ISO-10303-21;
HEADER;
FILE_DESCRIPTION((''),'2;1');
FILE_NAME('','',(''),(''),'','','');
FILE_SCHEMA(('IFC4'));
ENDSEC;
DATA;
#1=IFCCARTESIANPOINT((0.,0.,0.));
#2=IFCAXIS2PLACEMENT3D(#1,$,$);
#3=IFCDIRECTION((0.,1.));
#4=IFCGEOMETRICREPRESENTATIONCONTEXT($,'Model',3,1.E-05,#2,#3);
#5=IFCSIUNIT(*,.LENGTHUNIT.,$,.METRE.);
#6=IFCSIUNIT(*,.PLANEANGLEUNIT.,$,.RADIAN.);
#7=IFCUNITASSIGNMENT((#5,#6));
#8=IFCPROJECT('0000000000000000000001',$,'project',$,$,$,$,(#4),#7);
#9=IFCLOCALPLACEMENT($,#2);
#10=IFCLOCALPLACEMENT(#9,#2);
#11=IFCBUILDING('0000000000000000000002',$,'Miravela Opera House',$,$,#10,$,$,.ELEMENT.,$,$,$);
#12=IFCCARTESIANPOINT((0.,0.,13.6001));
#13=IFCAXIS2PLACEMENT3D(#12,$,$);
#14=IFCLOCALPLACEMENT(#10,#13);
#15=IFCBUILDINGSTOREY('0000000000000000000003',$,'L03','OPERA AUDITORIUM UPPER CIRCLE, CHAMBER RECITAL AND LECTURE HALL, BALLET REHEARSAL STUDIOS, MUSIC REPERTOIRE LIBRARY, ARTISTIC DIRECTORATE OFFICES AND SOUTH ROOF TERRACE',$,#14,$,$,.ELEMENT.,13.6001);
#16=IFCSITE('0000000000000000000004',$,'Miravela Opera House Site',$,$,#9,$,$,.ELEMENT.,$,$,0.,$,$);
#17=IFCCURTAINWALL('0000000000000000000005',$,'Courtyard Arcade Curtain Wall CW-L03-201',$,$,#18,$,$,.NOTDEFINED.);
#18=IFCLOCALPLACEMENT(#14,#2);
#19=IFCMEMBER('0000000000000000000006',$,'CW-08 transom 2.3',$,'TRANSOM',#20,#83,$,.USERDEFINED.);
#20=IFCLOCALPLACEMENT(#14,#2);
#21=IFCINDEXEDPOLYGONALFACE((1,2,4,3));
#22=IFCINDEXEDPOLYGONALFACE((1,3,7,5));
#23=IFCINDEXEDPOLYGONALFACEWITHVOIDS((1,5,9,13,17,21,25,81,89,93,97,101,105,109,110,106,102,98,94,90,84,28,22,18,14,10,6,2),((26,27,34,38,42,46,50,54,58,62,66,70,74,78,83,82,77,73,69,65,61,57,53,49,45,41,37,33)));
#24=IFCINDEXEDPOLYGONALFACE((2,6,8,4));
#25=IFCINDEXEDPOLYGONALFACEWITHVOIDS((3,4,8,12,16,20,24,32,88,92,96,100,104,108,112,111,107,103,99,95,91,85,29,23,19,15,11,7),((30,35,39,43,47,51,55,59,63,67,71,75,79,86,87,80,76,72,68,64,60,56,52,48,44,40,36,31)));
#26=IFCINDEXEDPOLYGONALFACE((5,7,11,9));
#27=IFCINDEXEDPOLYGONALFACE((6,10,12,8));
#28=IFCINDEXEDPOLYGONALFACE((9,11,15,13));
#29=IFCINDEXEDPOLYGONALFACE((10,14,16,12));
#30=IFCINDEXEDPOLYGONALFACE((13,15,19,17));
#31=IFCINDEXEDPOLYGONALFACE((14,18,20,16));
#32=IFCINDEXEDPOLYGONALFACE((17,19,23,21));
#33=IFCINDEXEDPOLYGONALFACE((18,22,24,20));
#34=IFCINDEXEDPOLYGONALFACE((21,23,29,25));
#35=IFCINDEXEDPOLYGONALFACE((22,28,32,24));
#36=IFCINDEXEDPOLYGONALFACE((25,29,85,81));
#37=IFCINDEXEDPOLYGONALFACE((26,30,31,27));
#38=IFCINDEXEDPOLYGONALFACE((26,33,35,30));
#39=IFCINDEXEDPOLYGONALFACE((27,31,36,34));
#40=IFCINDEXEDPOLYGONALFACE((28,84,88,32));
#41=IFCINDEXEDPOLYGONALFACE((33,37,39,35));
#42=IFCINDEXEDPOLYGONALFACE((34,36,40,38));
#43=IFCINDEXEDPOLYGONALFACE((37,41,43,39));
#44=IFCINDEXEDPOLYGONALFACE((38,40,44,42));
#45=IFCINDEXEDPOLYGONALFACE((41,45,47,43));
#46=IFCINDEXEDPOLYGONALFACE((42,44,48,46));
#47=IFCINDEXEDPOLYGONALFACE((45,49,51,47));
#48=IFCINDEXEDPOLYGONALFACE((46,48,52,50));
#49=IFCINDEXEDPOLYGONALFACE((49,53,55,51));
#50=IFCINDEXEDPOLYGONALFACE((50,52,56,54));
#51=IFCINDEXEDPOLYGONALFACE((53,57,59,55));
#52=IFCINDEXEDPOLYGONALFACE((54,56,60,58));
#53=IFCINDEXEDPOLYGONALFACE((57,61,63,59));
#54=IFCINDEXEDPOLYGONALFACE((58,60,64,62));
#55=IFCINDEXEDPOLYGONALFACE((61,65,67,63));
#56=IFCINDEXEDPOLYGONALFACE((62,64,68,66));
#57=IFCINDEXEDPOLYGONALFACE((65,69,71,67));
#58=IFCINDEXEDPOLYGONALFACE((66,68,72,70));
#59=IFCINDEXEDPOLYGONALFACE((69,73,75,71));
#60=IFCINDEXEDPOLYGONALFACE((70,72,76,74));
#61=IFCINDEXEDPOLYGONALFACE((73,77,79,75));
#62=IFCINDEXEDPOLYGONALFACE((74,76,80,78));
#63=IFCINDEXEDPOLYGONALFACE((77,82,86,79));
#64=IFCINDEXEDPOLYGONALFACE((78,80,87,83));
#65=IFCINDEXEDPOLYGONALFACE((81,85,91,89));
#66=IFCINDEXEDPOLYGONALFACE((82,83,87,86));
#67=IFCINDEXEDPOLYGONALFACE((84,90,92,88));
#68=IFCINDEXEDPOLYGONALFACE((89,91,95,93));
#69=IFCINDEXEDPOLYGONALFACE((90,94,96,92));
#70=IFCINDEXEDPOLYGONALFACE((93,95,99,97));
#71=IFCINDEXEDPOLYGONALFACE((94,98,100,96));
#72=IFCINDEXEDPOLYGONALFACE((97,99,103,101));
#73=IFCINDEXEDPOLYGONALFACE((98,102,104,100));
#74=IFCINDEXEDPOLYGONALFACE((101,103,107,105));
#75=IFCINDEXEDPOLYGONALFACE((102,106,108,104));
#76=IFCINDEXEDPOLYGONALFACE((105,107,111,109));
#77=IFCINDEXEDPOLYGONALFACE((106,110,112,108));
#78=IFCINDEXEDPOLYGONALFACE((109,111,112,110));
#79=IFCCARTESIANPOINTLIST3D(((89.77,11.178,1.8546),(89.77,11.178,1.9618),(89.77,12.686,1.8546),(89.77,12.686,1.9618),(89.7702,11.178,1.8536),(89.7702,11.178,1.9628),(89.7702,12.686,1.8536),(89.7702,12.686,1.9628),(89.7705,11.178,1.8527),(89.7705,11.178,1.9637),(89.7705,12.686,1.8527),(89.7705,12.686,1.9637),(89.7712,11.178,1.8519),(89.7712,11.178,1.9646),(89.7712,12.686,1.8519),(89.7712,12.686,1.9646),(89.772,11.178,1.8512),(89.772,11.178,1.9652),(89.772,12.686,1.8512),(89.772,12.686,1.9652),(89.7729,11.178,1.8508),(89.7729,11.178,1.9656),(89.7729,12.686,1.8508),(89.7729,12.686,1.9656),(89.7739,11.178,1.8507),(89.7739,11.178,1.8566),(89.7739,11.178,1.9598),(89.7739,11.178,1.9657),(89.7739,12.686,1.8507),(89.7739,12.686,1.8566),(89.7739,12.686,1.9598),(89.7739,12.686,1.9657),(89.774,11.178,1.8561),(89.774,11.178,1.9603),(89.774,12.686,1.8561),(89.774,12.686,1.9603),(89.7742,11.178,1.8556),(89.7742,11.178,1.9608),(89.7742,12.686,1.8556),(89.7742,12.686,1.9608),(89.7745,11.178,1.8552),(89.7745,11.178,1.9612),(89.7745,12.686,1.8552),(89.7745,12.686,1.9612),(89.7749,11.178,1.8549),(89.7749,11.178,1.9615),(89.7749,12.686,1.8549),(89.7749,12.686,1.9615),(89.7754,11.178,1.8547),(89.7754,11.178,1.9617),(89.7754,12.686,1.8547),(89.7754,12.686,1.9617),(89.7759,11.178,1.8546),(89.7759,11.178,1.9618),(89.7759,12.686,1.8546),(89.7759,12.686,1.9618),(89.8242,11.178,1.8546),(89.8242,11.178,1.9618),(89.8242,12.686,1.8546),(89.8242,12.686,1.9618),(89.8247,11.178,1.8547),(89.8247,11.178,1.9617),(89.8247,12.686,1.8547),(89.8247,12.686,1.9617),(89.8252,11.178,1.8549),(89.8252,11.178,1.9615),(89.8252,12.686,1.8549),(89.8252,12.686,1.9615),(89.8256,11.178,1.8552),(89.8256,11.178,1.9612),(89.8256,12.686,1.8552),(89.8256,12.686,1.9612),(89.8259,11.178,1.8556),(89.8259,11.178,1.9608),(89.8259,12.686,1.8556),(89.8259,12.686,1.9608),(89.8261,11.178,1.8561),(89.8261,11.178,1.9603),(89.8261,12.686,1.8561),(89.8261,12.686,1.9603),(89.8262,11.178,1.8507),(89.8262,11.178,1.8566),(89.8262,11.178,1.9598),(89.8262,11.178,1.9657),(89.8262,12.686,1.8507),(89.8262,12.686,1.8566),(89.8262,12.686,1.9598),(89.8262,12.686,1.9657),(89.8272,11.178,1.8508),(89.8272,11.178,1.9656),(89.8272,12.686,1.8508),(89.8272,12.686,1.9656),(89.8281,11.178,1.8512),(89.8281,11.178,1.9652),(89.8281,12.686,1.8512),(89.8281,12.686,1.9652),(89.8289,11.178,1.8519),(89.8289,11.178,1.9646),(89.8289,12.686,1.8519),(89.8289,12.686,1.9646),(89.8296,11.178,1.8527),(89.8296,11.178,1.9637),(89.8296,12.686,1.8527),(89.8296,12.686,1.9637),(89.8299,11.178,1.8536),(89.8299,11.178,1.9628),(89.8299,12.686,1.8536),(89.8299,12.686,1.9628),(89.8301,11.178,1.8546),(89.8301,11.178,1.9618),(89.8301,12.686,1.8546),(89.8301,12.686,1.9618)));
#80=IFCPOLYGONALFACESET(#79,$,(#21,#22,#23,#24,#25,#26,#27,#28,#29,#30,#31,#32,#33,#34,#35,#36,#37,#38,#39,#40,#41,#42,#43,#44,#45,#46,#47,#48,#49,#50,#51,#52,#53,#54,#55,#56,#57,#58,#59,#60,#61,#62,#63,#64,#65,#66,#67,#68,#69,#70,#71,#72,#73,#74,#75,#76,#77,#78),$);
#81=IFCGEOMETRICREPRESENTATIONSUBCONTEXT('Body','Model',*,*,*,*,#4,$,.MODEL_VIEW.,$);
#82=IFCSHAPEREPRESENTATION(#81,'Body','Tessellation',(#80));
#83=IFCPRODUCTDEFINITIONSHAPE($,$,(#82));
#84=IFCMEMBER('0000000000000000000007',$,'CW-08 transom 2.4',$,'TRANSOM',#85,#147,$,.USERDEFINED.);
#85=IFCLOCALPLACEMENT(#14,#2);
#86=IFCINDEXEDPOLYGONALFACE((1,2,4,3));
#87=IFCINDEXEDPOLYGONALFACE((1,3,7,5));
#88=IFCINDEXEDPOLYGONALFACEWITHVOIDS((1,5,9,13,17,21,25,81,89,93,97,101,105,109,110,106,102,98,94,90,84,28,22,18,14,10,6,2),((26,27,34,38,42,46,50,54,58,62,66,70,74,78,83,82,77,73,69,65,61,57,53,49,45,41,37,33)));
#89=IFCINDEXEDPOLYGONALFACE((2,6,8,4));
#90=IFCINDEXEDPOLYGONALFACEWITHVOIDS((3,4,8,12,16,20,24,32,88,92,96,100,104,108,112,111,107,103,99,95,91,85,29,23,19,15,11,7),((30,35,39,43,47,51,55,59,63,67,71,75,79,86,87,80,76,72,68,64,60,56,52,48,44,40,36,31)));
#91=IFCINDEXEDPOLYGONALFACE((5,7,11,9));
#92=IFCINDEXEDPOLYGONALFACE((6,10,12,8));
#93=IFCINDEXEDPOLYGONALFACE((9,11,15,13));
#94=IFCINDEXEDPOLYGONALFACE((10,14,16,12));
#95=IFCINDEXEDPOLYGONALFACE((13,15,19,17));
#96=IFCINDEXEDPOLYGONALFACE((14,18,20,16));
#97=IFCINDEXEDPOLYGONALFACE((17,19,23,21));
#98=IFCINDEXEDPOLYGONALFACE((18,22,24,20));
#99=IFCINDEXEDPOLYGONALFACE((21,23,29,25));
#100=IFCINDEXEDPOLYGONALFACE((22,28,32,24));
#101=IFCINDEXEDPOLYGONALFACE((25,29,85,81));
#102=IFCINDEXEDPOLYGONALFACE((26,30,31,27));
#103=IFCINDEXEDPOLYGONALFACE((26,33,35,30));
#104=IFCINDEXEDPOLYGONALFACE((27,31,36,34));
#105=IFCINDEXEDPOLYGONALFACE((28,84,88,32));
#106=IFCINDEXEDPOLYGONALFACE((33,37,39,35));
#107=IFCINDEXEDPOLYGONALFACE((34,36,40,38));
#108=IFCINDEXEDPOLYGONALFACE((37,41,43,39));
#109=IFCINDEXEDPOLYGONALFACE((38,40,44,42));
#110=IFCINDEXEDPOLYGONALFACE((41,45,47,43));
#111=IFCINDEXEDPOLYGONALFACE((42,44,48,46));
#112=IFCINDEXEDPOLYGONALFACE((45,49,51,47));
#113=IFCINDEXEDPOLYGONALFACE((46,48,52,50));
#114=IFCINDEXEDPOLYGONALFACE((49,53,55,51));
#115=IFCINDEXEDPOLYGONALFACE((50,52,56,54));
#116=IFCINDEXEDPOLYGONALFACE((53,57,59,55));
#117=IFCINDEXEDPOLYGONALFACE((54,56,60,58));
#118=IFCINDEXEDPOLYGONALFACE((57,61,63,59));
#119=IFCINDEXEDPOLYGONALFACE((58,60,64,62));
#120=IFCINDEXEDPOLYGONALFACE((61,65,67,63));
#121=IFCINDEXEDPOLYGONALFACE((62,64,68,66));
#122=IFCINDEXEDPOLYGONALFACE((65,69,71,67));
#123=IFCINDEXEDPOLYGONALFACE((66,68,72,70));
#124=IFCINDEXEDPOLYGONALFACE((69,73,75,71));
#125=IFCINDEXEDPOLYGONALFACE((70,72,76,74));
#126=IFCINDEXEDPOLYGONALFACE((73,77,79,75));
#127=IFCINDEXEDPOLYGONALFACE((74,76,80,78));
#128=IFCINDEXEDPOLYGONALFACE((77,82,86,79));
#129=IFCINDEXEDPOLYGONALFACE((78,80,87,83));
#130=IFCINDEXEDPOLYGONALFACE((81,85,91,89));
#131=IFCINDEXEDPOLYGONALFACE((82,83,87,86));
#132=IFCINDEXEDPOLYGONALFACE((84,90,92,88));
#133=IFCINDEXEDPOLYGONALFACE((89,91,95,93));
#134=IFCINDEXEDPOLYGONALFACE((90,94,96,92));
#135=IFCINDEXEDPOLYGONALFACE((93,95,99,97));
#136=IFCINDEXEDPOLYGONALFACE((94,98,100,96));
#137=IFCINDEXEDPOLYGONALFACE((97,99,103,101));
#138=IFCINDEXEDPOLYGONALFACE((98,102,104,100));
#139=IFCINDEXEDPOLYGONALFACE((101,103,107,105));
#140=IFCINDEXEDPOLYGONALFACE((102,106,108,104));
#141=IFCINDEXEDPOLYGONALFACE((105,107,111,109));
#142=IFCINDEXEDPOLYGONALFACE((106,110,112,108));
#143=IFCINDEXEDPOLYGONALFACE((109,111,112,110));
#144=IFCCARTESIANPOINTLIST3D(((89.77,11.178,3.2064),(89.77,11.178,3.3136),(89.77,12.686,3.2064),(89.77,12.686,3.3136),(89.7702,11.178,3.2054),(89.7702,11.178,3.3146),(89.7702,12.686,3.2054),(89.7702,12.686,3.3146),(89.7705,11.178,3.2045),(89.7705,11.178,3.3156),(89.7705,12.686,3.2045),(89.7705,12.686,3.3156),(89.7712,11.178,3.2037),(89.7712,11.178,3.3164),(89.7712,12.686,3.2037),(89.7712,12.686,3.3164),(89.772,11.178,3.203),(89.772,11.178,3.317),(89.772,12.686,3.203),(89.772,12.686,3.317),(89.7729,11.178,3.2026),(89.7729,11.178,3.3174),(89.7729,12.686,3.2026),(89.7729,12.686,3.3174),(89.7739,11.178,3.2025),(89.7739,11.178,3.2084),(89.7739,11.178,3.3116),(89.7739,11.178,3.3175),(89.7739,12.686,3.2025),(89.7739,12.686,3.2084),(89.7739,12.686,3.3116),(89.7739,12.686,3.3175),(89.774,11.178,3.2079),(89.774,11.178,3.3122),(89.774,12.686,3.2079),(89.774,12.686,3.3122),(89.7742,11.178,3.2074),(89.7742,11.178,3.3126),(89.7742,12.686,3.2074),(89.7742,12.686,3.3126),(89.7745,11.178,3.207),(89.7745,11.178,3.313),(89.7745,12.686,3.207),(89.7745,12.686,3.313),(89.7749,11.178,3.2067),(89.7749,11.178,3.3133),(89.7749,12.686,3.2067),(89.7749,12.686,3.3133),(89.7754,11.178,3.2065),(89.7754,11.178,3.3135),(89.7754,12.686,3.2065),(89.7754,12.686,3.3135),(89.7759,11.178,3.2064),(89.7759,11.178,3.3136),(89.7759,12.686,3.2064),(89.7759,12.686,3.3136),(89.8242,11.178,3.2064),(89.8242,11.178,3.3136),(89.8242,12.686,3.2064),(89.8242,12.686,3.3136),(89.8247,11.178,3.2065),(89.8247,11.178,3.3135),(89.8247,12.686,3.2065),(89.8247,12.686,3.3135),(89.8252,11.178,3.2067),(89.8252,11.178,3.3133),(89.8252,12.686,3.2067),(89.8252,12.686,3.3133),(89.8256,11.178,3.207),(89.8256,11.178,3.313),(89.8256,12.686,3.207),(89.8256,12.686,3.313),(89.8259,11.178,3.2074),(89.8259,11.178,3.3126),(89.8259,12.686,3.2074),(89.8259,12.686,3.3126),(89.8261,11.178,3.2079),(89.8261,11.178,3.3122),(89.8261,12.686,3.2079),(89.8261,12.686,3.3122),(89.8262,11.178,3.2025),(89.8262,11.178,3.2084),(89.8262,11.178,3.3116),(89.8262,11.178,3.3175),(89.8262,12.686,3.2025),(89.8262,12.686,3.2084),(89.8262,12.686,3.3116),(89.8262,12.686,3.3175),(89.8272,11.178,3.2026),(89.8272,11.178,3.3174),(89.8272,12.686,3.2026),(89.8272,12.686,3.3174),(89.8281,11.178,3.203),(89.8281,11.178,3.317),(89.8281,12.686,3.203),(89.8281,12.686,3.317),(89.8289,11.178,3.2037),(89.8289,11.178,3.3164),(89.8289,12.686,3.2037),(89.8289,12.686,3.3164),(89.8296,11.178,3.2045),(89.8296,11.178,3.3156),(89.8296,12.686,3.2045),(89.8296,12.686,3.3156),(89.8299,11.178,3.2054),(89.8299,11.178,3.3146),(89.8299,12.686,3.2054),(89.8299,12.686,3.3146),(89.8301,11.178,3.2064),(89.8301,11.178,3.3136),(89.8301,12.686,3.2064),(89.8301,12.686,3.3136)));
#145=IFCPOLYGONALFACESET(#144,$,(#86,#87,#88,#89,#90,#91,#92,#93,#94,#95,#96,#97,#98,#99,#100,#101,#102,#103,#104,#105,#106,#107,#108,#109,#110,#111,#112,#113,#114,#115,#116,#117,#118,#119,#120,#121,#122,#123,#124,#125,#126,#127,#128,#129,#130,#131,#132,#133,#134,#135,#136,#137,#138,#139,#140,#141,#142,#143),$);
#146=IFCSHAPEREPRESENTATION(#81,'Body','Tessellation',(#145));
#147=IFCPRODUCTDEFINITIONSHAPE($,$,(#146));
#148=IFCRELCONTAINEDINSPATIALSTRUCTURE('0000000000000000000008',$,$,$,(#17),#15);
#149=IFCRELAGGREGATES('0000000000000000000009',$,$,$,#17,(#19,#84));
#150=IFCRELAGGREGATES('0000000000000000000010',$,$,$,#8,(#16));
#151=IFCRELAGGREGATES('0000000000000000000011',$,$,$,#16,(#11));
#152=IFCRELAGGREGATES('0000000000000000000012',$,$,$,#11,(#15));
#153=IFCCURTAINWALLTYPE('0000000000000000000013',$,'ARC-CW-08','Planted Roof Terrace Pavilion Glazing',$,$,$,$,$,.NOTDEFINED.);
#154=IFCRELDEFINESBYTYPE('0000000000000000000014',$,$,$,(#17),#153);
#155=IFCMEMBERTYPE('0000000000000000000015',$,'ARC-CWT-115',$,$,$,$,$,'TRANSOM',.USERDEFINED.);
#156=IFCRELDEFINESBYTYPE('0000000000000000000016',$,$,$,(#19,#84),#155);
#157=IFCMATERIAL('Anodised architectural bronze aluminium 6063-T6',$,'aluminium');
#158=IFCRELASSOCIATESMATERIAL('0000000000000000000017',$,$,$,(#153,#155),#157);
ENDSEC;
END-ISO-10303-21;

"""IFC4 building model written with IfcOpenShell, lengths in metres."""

from ifc_helpers import new_model, si_unit, direction, frame, origin, origin_2d, place, context, subcontext, project, spatial, hollow_rectangle, extrude, material, material_profile, profile_set, type_object, element, aggregate, save


model = new_model("IFC4")

# Units and contexts
model_context = context("Model", 3, precision=1e-05, world=origin(), true_north=direction((0.0, 1.0)))
body_context = subcontext(model_context, "Body", "Model", "MODEL_VIEW")
ifc_project = project(units=[si_unit("LENGTHUNIT", "METRE"), si_unit("PLANEANGLEUNIT", "RADIAN")], contexts=[model_context])

# Site, building, storey
site_placement = place(None, origin())
site = spatial("IfcSite", under=ifc_project, at=site_placement, Name="Miravela Opera House Site", CompositionType="ELEMENT", RefElevation=0.0)
building_placement = place(site_placement, origin())
building = spatial("IfcBuilding", under=site, at=building_placement, Name="Miravela Opera House", CompositionType="ELEMENT")
storey_placement = place(building_placement, frame((0.0, 0.0, 13.6001)))
storey = spatial("IfcBuildingStorey", under=building, at=storey_placement, Name="L03", Description="OPERA AUDITORIUM UPPER CIRCLE, CHAMBER RECITAL AND LECTURE HALL, BALLET REHEARSAL STUDIOS, MUSIC REPERTOIRE LIBRARY, ARTISTIC DIRECTORATE OFFICES AND SOUTH ROOF TERRACE", CompositionType="ELEMENT", Elevation=13.6001)

# Curtain wall, members
ifc_material_1 = material(Name="Anodised architectural bronze aluminium 6063-T6", Category="aluminium")
curtain_wall_type = type_object("IfcCurtainWallType", Name="ARC-CW-08", Description="Planted Roof Terrace Pavilion Glazing", PredefinedType="NOTDEFINED", material=ifc_material_1)
curtain_wall_placement = place(storey_placement, origin())
curtain_wall = element("IfcCurtainWall", 1, at=curtain_wall_placement, inside=storey, type_object=curtain_wall_type, Name="Courtyard Arcade Curtain Wall CW-L03-201", PredefinedType="NOTDEFINED")
ifc_material_profile_1 = material_profile(ifc_material_1, hollow_rectangle(XDim=0.0601, YDim=0.115, WallThickness=0.0039, InnerFilletRadius=0.002, OuterFilletRadius=0.0039, at=origin_2d()), Name="CWT-60X115")
ifc_profile_set_1 = profile_set([ifc_material_profile_1])
member_type_1 = type_object("IfcMemberType", Name="ARC-CWT-115", ElementType="TRANSOM", PredefinedType="USERDEFINED", material=ifc_profile_set_1)
member_1_placement = place(storey_placement, frame((89.8, 11.178, 1.9082), z_axis=(0.0, 1.0, 0.0), x_axis=(-1.0, 0.0, 0.0)))
member_1 = element("IfcMember", 2, at=member_1_placement, type_object=member_type_1, Name="CW-08 transom 2.3", ObjectType="TRANSOM", PredefinedType="USERDEFINED", context=body_context, shape_type="SweptSolid", body=[
    extrude(hollow_rectangle(XDim=0.0601, YDim=0.115, WallThickness=0.0039, InnerFilletRadius=0.002, OuterFilletRadius=0.0039, at=origin_2d()), origin(), (0.0, 0.0, 1.0), 1.5081),
])
member_2_placement = place(storey_placement, frame((89.8, 11.178, 3.26), z_axis=(0.0, 1.0, 0.0), x_axis=(-1.0, 0.0, 0.0)))
member_2 = element("IfcMember", 3, at=member_2_placement, type_object=member_type_1, Name="CW-08 transom 2.4", ObjectType="TRANSOM", PredefinedType="USERDEFINED", context=body_context, shape_type="SweptSolid", body=[
    extrude(hollow_rectangle(XDim=0.0601, YDim=0.115, WallThickness=0.0039, InnerFilletRadius=0.002, OuterFilletRadius=0.0039, at=origin_2d()), origin(), (0.0, 0.0, 1.0), 1.5081),
])

aggregate(curtain_wall, [member_1, member_2])

save(model, "model.ifc")
